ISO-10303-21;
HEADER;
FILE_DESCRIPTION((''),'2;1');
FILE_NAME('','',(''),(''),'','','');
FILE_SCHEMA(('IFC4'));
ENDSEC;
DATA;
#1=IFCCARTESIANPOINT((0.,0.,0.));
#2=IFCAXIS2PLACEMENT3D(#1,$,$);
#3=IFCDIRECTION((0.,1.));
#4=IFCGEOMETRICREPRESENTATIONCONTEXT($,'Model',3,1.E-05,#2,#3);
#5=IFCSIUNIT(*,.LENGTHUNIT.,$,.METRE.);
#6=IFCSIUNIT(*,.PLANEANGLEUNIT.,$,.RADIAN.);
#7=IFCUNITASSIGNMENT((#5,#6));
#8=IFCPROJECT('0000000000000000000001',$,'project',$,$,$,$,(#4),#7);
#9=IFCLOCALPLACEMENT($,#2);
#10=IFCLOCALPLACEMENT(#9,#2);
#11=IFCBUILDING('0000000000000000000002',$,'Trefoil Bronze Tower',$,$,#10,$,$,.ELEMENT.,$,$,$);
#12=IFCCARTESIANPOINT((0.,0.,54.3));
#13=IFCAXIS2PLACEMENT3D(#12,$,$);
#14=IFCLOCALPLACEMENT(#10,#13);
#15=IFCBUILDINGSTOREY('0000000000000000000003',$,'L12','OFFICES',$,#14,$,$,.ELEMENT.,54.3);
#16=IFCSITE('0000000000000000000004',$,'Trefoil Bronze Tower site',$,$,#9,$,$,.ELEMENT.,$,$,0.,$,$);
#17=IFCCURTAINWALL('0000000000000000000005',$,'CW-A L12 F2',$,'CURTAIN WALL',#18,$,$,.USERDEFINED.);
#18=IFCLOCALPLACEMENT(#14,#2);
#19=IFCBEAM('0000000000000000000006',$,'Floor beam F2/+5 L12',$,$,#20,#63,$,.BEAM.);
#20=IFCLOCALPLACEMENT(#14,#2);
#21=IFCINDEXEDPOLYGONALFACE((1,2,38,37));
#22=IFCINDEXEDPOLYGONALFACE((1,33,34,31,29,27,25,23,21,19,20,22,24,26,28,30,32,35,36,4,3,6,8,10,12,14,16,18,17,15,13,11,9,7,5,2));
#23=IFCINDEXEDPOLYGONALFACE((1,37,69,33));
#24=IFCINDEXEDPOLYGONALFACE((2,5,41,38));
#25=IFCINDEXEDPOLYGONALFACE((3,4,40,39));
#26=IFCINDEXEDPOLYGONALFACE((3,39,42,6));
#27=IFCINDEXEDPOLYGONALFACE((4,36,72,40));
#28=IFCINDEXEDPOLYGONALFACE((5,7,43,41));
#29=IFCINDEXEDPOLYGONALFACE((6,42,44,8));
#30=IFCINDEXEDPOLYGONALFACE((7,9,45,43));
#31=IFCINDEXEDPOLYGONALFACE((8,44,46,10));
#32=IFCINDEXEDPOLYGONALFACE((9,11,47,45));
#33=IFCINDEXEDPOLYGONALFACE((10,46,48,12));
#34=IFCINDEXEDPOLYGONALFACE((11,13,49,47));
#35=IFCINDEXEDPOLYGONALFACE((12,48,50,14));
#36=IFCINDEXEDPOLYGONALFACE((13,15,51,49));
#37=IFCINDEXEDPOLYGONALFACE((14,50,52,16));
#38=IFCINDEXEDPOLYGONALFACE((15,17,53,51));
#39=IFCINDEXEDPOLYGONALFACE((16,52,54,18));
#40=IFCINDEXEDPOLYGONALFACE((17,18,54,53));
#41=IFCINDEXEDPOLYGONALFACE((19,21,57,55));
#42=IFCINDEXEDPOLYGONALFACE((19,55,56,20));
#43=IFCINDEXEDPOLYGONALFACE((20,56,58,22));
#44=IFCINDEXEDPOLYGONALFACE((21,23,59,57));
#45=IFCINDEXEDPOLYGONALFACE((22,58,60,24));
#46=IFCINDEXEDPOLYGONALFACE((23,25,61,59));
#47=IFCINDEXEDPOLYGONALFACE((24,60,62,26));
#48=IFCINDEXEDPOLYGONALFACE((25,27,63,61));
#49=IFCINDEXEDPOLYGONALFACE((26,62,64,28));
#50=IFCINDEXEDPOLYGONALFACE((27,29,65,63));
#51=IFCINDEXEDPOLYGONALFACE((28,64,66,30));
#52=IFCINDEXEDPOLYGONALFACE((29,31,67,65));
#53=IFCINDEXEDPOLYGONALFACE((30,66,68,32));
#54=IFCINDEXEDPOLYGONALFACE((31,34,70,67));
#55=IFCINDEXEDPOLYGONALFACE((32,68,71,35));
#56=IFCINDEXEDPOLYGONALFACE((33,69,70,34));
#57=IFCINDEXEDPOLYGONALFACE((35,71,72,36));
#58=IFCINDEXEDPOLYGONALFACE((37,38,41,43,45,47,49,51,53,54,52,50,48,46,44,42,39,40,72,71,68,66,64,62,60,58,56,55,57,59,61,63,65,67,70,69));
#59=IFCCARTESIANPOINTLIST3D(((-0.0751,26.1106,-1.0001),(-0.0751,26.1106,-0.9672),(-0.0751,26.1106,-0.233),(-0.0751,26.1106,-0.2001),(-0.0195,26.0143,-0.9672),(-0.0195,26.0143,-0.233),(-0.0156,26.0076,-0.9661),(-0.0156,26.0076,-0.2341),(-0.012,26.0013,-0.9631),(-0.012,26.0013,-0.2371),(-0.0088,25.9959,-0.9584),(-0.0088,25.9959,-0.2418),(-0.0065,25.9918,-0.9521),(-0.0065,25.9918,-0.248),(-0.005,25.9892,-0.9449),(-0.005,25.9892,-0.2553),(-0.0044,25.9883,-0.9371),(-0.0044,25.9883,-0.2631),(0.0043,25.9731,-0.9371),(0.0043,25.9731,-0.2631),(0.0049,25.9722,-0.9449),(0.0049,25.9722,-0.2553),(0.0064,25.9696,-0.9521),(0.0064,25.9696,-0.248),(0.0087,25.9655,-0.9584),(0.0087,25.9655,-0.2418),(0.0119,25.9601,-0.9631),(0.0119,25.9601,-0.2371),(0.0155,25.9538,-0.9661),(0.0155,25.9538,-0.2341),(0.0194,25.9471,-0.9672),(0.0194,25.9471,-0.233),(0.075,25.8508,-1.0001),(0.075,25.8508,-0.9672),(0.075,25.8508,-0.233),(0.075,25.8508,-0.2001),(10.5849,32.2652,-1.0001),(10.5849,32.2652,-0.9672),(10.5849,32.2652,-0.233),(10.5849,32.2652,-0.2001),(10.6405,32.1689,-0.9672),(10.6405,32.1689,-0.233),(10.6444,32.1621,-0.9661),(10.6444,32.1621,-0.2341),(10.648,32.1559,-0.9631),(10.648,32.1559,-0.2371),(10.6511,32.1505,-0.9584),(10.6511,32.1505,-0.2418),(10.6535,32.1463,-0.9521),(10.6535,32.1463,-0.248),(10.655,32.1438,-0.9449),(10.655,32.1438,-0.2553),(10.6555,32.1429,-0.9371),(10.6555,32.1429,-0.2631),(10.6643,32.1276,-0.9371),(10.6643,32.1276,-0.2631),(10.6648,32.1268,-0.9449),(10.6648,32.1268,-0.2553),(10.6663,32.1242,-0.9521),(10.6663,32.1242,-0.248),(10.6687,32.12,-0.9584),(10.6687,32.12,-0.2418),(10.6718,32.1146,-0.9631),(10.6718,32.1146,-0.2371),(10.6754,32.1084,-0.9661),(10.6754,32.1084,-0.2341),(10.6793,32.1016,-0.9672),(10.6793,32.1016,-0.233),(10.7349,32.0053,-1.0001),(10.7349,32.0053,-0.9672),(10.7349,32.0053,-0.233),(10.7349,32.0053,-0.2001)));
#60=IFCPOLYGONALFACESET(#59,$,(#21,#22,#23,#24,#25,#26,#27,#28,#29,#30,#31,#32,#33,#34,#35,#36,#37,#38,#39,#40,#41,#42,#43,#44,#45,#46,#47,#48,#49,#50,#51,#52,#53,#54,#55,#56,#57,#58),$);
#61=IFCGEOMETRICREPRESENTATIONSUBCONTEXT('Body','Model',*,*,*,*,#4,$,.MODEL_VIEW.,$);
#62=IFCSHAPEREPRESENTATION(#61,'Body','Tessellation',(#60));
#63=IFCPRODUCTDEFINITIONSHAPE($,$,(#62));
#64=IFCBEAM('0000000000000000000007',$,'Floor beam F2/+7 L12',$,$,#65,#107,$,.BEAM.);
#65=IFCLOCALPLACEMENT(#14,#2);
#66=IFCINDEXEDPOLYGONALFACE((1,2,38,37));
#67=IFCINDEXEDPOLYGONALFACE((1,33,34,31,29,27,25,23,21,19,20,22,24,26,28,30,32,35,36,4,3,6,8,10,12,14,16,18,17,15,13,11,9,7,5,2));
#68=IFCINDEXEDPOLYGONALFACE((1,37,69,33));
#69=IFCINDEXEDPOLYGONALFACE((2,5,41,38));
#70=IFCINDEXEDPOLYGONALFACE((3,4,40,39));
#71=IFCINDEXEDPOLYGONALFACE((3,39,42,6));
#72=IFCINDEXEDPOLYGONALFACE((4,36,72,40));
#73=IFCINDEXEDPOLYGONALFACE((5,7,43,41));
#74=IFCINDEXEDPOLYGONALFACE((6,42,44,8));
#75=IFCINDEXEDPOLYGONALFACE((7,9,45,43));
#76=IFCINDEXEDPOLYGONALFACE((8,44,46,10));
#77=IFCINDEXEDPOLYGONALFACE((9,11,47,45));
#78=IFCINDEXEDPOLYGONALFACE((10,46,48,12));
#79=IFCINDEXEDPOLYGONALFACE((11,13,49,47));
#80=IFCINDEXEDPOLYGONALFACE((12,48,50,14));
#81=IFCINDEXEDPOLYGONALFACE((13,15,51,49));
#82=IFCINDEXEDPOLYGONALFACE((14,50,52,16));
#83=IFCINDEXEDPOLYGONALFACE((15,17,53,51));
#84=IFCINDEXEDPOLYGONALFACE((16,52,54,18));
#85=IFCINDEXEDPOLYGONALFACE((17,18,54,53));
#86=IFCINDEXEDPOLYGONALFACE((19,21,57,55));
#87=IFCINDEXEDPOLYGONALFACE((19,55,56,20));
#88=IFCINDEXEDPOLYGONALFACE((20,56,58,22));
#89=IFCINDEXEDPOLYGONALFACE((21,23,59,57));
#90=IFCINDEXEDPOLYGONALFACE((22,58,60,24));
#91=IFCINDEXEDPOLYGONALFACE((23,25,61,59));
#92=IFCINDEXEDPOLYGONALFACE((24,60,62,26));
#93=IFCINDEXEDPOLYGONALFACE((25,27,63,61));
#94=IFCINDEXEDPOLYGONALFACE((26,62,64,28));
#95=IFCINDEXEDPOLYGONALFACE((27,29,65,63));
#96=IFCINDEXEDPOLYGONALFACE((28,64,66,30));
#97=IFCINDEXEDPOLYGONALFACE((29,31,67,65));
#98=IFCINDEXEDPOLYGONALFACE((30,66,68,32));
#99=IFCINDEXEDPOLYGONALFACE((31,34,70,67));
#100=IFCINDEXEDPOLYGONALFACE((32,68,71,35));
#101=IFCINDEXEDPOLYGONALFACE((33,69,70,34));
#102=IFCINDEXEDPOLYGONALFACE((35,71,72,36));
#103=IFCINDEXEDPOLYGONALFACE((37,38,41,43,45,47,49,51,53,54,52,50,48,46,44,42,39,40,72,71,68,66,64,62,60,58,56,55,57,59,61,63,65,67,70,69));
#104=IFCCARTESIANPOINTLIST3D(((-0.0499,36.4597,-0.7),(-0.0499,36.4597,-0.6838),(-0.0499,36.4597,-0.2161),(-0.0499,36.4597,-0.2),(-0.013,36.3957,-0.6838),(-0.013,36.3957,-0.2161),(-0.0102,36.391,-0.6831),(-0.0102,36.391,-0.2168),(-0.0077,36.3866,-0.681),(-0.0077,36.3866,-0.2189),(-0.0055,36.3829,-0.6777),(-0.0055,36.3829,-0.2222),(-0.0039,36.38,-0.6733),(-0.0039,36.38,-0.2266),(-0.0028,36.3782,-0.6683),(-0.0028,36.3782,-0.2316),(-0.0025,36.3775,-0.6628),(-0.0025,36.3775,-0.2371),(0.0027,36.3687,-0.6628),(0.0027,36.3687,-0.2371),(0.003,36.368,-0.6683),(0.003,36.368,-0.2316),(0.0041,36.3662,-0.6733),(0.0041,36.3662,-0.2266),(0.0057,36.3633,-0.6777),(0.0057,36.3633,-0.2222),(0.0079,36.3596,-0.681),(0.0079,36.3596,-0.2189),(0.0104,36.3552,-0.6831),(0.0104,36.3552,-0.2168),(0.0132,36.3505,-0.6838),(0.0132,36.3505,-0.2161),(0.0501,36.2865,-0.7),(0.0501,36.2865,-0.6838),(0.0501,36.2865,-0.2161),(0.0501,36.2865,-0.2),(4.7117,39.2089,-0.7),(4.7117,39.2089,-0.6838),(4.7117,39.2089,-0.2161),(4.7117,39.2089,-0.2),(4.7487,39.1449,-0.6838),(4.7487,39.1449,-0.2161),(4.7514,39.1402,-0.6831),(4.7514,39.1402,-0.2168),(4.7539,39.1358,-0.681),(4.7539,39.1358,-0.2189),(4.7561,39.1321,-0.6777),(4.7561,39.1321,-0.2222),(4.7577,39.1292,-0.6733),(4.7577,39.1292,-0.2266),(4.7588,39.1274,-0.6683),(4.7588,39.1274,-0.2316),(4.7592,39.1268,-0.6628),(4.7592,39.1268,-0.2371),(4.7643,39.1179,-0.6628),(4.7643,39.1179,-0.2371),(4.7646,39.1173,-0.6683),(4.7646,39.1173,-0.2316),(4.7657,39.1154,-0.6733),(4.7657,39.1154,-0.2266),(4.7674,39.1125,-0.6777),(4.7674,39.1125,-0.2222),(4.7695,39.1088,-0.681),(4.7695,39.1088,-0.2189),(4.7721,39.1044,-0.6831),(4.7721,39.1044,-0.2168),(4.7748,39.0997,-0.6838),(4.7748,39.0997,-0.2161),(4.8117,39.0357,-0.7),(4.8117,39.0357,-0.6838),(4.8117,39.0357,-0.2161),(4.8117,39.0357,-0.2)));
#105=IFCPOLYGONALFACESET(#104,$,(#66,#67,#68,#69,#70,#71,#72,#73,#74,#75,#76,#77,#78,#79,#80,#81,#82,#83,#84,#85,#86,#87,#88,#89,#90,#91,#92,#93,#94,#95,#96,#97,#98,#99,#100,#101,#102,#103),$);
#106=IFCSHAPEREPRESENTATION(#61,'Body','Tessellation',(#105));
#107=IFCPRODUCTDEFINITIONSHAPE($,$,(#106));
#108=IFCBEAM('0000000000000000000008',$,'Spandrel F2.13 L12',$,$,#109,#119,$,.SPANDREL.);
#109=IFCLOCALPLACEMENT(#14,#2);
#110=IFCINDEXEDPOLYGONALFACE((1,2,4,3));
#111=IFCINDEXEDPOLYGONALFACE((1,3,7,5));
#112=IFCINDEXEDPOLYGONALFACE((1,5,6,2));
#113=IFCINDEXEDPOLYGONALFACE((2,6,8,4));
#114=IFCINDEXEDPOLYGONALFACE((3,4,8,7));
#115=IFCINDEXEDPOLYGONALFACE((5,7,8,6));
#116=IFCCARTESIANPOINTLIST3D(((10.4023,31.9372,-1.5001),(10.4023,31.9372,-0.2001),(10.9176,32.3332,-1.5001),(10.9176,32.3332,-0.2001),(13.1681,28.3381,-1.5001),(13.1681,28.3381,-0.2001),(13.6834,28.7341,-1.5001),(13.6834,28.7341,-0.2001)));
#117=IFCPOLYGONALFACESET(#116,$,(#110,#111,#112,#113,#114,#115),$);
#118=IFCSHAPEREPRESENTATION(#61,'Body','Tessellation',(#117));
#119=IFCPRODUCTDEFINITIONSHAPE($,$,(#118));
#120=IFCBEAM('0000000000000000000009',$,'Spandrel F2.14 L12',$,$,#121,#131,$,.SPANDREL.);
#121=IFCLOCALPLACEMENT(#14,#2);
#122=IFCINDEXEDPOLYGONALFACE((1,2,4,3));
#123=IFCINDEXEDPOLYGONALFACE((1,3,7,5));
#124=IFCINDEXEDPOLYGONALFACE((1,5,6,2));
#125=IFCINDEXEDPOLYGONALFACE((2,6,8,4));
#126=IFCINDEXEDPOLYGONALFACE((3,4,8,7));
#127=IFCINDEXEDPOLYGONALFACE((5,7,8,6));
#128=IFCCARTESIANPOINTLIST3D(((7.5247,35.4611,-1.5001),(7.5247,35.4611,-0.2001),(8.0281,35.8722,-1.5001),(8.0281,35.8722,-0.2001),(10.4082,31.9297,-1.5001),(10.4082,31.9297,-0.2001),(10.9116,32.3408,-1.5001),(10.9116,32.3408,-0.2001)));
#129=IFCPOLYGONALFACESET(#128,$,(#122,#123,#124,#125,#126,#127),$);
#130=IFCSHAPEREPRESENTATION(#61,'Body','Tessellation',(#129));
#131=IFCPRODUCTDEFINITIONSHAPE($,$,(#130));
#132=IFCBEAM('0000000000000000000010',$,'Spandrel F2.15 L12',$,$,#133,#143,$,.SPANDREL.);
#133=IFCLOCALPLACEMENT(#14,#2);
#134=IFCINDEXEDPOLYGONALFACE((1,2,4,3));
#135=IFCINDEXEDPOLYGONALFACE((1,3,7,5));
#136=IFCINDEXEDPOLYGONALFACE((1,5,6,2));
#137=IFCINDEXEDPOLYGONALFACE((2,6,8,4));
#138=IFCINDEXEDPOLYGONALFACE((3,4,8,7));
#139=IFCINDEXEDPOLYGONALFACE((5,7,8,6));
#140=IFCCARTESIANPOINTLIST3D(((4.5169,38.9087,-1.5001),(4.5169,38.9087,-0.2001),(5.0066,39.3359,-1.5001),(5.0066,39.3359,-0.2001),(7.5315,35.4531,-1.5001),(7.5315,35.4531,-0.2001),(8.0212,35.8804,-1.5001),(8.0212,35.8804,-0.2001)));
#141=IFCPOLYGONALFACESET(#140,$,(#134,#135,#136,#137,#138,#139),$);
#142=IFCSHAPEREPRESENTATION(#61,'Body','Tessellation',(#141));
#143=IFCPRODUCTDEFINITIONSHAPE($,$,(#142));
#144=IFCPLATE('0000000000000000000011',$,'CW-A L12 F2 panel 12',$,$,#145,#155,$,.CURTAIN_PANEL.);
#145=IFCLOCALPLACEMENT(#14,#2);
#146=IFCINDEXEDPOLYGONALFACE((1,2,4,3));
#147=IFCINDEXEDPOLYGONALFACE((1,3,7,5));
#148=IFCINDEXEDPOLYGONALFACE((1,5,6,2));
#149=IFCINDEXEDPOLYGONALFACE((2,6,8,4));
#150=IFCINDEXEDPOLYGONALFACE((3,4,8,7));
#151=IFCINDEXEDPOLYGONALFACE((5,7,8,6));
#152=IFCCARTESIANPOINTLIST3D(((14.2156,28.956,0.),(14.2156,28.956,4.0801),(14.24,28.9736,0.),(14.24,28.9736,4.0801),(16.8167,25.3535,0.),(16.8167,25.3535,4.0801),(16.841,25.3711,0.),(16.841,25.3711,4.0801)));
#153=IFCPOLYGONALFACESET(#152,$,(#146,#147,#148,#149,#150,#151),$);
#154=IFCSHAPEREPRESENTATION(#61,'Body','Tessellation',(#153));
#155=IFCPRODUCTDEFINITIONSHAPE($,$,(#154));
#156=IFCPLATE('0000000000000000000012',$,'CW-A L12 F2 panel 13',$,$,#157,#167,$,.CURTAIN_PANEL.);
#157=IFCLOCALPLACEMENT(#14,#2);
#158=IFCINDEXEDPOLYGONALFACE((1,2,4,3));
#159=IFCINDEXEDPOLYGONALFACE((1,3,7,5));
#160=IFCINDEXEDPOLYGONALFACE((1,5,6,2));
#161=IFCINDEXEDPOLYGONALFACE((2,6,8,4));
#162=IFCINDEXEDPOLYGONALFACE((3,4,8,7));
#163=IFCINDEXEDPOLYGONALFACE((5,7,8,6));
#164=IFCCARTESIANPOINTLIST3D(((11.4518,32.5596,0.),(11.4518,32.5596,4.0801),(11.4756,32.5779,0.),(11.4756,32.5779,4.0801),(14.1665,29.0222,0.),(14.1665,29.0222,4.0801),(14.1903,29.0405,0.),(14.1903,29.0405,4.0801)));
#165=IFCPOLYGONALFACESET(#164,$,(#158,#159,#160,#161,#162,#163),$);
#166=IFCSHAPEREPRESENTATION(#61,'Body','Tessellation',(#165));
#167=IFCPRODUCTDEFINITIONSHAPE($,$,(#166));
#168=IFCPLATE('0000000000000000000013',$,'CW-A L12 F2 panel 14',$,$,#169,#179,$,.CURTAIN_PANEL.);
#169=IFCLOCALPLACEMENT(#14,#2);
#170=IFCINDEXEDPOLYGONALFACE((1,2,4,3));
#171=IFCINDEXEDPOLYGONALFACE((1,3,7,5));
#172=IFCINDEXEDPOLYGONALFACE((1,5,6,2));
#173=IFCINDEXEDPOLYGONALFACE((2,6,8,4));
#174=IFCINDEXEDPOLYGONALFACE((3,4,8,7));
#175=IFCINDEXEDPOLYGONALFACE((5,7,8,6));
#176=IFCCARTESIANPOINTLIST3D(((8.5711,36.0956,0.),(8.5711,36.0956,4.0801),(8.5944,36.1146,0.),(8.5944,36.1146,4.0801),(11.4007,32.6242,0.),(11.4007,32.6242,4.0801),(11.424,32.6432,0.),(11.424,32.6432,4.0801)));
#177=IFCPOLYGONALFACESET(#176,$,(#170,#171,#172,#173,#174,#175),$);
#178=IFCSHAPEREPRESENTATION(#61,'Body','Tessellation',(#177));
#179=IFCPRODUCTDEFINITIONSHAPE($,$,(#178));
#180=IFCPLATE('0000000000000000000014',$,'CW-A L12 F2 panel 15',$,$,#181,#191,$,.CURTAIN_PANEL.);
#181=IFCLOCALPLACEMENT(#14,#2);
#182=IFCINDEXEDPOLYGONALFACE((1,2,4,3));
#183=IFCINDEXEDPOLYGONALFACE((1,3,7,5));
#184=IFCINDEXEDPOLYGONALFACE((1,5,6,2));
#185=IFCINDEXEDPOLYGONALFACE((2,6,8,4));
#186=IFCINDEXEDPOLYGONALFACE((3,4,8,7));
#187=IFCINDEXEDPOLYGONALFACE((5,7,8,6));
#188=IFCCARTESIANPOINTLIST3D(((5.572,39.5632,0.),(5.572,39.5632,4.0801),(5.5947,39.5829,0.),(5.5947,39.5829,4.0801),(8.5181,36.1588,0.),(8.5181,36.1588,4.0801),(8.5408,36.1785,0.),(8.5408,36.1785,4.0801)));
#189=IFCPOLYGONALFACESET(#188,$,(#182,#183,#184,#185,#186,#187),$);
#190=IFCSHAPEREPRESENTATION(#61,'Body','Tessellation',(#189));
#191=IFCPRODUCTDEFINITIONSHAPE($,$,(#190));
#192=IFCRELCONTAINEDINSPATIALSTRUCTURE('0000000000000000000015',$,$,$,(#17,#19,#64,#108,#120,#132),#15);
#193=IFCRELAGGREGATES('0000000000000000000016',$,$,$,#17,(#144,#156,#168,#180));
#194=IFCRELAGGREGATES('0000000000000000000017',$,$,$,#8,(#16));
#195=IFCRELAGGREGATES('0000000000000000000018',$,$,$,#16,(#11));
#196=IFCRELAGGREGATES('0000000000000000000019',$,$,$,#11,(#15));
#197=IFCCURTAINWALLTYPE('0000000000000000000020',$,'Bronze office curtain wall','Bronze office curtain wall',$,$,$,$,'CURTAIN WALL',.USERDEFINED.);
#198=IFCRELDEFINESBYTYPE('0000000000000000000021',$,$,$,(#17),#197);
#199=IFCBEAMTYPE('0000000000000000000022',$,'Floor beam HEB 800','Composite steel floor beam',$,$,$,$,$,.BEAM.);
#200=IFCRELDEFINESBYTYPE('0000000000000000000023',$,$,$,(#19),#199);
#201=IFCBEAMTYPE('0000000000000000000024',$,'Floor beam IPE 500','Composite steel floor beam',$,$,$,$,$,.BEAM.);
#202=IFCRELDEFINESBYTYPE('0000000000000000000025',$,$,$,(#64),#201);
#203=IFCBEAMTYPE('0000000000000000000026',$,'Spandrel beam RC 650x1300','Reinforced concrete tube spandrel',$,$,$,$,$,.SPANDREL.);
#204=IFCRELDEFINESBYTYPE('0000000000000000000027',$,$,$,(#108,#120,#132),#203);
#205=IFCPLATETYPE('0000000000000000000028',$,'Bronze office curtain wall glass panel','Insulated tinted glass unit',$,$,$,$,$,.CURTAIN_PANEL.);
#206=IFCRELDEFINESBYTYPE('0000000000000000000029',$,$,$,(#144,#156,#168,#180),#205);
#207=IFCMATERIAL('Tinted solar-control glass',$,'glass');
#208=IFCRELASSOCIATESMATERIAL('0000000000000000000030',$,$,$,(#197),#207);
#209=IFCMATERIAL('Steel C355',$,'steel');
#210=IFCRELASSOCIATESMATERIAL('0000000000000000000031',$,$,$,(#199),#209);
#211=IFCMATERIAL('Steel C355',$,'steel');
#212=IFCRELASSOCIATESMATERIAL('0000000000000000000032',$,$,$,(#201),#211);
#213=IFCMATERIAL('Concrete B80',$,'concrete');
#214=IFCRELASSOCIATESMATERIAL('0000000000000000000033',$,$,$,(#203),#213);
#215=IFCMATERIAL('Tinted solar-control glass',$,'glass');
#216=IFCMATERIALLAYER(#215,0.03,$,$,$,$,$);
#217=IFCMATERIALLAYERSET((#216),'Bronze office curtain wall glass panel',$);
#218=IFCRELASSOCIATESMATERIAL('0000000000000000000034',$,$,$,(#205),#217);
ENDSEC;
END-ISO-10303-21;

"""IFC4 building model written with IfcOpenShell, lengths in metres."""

from ifc_helpers import new_model, si_unit, direction, frame, origin, origin_2d, place, context, subcontext, project, spatial, rectangle, i_section, extrude, material, layer, layer_set, material_profile, profile_set, type_object, element, aggregate, save


model = new_model("IFC4")

# Units and contexts
model_context = context("Model", 3, precision=1e-05, world=origin(), true_north=direction((0.0, 1.0)))
body_context = subcontext(model_context, "Body", "Model", "MODEL_VIEW")
ifc_project = project(units=[si_unit("LENGTHUNIT", "METRE"), si_unit("PLANEANGLEUNIT", "RADIAN")], contexts=[model_context])

# Site, building, storey
site_placement = place(None, origin())
site = spatial("IfcSite", under=ifc_project, at=site_placement, Name="Trefoil Bronze Tower site", CompositionType="ELEMENT", RefElevation=0.0)
building_placement = place(site_placement, origin())
building = spatial("IfcBuilding", under=site, at=building_placement, Name="Trefoil Bronze Tower", CompositionType="ELEMENT")
storey_placement = place(building_placement, frame((0.0, 0.0, 54.3)))
storey = spatial("IfcBuildingStorey", under=building, at=storey_placement, Name="L12", Description="OFFICES", CompositionType="ELEMENT", Elevation=54.3)

# Curtain wall
ifc_material_1 = material(Name="Tinted solar-control glass", Category="glass")
curtain_wall_type_1 = type_object("IfcCurtainWallType", Name="Bronze office curtain wall", Description="Bronze office curtain wall", ElementType="CURTAIN WALL", PredefinedType="USERDEFINED", material=ifc_material_1)
curtain_wall_1_placement = place(storey_placement, origin())
curtain_wall_1 = element("IfcCurtainWall", 1, at=curtain_wall_1_placement, inside=storey, type_object=curtain_wall_type_1, Name="CW-A L12 F2", ObjectType="CURTAIN WALL", PredefinedType="USERDEFINED")

# Beams
ifc_material_2 = material(Name="Steel C355", Category="steel")
ifc_material_profile_1 = material_profile(ifc_material_2, i_section(OverallWidth=0.3, OverallDepth=0.8, WebThickness=0.0176, FlangeThickness=0.033, FilletRadius=0.03, at=origin_2d()), Name="HEB 800")
ifc_profile_set_1 = profile_set([ifc_material_profile_1], Name="Steel C355")
beam_type_1 = type_object("IfcBeamType", Name="Floor beam HEB 800", Description="Composite steel floor beam", PredefinedType="BEAM", material=ifc_profile_set_1)
beam_1_placement = place(storey_placement, frame((10.6599, 32.1353, -0.6001), z_axis=(-0.866024, -0.500002, 0.0), x_axis=(0.500002, -0.866024, 0.0)))
element("IfcBeam", 2, at=beam_1_placement, inside=storey, type_object=beam_type_1, Name="Floor beam F2/+5 L12", PredefinedType="BEAM", context=body_context, shape_type="SweptSolid", body=[
    extrude(i_section(OverallWidth=0.3, OverallDepth=0.8, WebThickness=0.0176, FlangeThickness=0.033, FilletRadius=0.03, at=origin_2d()), origin(), (0.0, 0.0, 1.0), 12.3091),
])
ifc_material_3 = material(Name="Steel C355", Category="steel")
ifc_material_profile_2 = material_profile(ifc_material_3, i_section(OverallWidth=0.2, OverallDepth=0.5, WebThickness=0.0103, FlangeThickness=0.0161, FilletRadius=0.021, at=origin_2d()), Name="IPE 500")
ifc_profile_set_2 = profile_set([ifc_material_profile_2], Name="Steel C355")
beam_type_2 = type_object("IfcBeamType", Name="Floor beam IPE 500", Description="Composite steel floor beam", PredefinedType="BEAM", material=ifc_profile_set_2)
beam_2_placement = place(storey_placement, frame((4.7617, 39.1223, -0.45), z_axis=(-0.866018, -0.500012, 0.0), x_axis=(0.500012, -0.866018, 0.0)))
element("IfcBeam", 3, at=beam_2_placement, inside=storey, type_object=beam_type_2, Name="Floor beam F2/+7 L12", PredefinedType="BEAM", context=body_context, shape_type="SweptSolid", body=[
    extrude(i_section(OverallWidth=0.2, OverallDepth=0.5, WebThickness=0.0103, FlangeThickness=0.0161, FilletRadius=0.021, at=origin_2d()), origin(), (0.0, 0.0, 1.0), 5.4983),
])
ifc_material_4 = material(Name="Concrete B80", Category="concrete")
ifc_material_profile_3 = material_profile(ifc_material_4, rectangle(XDim=0.6499, YDim=1.3, at=origin_2d()), Name="RC 650x1300")
ifc_profile_set_3 = profile_set([ifc_material_profile_3], Name="Concrete B80")
beam_type_3 = type_object("IfcBeamType", Name="Spandrel beam RC 650x1300", Description="Reinforced concrete tube spandrel", PredefinedType="SPANDREL", material=ifc_profile_set_3)
beam_3_placement = place(storey_placement, frame((13.4258, 28.5361, -0.8501), z_axis=(-0.609339, 0.79291, 0.0), x_axis=(-0.79291, -0.609339, 0.0)))
element("IfcBeam", 4, at=beam_3_placement, inside=storey, type_object=beam_type_3, Name="Spandrel F2.13 L12", PredefinedType="SPANDREL", context=body_context, shape_type="SweptSolid", body=[
    extrude(rectangle(XDim=0.6499, YDim=1.3, at=origin_2d()), origin(), (0.0, 0.0, 1.0), 4.5391),
])
beam_4_placement = place(storey_placement, frame((10.6599, 32.1353, -0.8501), z_axis=(-0.632468, 0.774587, 0.0), x_axis=(-0.774587, -0.632468, 0.0)))
element("IfcBeam", 5, at=beam_4_placement, inside=storey, type_object=beam_type_3, Name="Spandrel F2.14 L12", PredefinedType="SPANDREL", context=body_context, shape_type="SweptSolid", body=[
    extrude(rectangle(XDim=0.6499, YDim=1.3, at=origin_2d()), origin(), (0.0, 0.0, 1.0), 4.5591),
])
beam_5_placement = place(storey_placement, frame((7.7764, 35.6667, -0.8501), z_axis=(-0.657396, 0.753545, 0.0), x_axis=(-0.753545, -0.657396, 0.0)))
element("IfcBeam", 6, at=beam_5_placement, inside=storey, type_object=beam_type_3, Name="Spandrel F2.15 L12", PredefinedType="SPANDREL", context=body_context, shape_type="SweptSolid", body=[
    extrude(rectangle(XDim=0.6499, YDim=1.3, at=origin_2d()), origin(), (0.0, 0.0, 1.0), 4.5857),
])

# Plates
ifc_material_5 = material(Name="Tinted solar-control glass", Category="glass")
ifc_layer_1 = layer(ifc_material_5, 0.03)
ifc_layer_set_1 = layer_set([ifc_layer_1], Name="Bronze office curtain wall glass panel")
plate_type_1 = type_object("IfcPlateType", Name="Bronze office curtain wall glass panel", Description="Insulated tinted glass unit", PredefinedType="CURTAIN_PANEL", material=ifc_layer_set_1)
plate_1_placement = place(storey_placement, frame((15.5283, 27.1636, 0.0), z_axis=(0.0, 0.0, 1.0), x_axis=(-0.585373, 0.810764, 0.0)))
plate_1 = element("IfcPlate", 7, at=plate_1_placement, type_object=plate_type_1, Name="CW-A L12 F2 panel 12", PredefinedType="CURTAIN_PANEL", context=body_context, shape_type="SweptSolid", body=[
    extrude(rectangle(XDim=4.4434, YDim=0.03, at=origin_2d()), origin(), (0.0, 0.0, 1.0), 4.0801),
])
plate_2_placement = place(storey_placement, frame((12.821, 30.8, 0.0), z_axis=(0.0, 0.0, 1.0), x_axis=(-0.608808, 0.793318, 0.0)))
plate_2 = element("IfcPlate", 8, at=plate_2_placement, type_object=plate_type_1, Name="CW-A L12 F2 panel 13", PredefinedType="CURTAIN_PANEL", context=body_context, shape_type="SweptSolid", body=[
    extrude(rectangle(XDim=4.459, YDim=0.03, at=origin_2d()), origin(), (0.0, 0.0, 1.0), 4.0801),
])
plate_3_placement = place(storey_placement, frame((9.9976, 34.3694, 0.0), z_axis=(0.0, 0.0, 1.0), x_axis=(-0.631811, 0.775123, 0.0)))
plate_3 = element("IfcPlate", 9, at=plate_3_placement, type_object=plate_type_1, Name="CW-A L12 F2 panel 14", PredefinedType="CURTAIN_PANEL", context=body_context, shape_type="SweptSolid", body=[
    extrude(rectangle(XDim=4.4785, YDim=0.03, at=origin_2d()), origin(), (0.0, 0.0, 1.0), 4.0801),
])
plate_4_placement = place(storey_placement, frame((7.0564, 37.8708, 0.0), z_axis=(0.0, 0.0, 1.0), x_axis=(-0.654376, 0.756169, 0.0)))
plate_4 = element("IfcPlate", 10, at=plate_4_placement, type_object=plate_type_1, Name="CW-A L12 F2 panel 15", PredefinedType="CURTAIN_PANEL", context=body_context, shape_type="SweptSolid", body=[
    extrude(rectangle(XDim=4.5022, YDim=0.03, at=origin_2d()), origin(), (0.0, 0.0, 1.0), 4.0801),
])
aggregate(curtain_wall_1, [plate_1, plate_2, plate_3, plate_4])

save(model, "model.ifc")
